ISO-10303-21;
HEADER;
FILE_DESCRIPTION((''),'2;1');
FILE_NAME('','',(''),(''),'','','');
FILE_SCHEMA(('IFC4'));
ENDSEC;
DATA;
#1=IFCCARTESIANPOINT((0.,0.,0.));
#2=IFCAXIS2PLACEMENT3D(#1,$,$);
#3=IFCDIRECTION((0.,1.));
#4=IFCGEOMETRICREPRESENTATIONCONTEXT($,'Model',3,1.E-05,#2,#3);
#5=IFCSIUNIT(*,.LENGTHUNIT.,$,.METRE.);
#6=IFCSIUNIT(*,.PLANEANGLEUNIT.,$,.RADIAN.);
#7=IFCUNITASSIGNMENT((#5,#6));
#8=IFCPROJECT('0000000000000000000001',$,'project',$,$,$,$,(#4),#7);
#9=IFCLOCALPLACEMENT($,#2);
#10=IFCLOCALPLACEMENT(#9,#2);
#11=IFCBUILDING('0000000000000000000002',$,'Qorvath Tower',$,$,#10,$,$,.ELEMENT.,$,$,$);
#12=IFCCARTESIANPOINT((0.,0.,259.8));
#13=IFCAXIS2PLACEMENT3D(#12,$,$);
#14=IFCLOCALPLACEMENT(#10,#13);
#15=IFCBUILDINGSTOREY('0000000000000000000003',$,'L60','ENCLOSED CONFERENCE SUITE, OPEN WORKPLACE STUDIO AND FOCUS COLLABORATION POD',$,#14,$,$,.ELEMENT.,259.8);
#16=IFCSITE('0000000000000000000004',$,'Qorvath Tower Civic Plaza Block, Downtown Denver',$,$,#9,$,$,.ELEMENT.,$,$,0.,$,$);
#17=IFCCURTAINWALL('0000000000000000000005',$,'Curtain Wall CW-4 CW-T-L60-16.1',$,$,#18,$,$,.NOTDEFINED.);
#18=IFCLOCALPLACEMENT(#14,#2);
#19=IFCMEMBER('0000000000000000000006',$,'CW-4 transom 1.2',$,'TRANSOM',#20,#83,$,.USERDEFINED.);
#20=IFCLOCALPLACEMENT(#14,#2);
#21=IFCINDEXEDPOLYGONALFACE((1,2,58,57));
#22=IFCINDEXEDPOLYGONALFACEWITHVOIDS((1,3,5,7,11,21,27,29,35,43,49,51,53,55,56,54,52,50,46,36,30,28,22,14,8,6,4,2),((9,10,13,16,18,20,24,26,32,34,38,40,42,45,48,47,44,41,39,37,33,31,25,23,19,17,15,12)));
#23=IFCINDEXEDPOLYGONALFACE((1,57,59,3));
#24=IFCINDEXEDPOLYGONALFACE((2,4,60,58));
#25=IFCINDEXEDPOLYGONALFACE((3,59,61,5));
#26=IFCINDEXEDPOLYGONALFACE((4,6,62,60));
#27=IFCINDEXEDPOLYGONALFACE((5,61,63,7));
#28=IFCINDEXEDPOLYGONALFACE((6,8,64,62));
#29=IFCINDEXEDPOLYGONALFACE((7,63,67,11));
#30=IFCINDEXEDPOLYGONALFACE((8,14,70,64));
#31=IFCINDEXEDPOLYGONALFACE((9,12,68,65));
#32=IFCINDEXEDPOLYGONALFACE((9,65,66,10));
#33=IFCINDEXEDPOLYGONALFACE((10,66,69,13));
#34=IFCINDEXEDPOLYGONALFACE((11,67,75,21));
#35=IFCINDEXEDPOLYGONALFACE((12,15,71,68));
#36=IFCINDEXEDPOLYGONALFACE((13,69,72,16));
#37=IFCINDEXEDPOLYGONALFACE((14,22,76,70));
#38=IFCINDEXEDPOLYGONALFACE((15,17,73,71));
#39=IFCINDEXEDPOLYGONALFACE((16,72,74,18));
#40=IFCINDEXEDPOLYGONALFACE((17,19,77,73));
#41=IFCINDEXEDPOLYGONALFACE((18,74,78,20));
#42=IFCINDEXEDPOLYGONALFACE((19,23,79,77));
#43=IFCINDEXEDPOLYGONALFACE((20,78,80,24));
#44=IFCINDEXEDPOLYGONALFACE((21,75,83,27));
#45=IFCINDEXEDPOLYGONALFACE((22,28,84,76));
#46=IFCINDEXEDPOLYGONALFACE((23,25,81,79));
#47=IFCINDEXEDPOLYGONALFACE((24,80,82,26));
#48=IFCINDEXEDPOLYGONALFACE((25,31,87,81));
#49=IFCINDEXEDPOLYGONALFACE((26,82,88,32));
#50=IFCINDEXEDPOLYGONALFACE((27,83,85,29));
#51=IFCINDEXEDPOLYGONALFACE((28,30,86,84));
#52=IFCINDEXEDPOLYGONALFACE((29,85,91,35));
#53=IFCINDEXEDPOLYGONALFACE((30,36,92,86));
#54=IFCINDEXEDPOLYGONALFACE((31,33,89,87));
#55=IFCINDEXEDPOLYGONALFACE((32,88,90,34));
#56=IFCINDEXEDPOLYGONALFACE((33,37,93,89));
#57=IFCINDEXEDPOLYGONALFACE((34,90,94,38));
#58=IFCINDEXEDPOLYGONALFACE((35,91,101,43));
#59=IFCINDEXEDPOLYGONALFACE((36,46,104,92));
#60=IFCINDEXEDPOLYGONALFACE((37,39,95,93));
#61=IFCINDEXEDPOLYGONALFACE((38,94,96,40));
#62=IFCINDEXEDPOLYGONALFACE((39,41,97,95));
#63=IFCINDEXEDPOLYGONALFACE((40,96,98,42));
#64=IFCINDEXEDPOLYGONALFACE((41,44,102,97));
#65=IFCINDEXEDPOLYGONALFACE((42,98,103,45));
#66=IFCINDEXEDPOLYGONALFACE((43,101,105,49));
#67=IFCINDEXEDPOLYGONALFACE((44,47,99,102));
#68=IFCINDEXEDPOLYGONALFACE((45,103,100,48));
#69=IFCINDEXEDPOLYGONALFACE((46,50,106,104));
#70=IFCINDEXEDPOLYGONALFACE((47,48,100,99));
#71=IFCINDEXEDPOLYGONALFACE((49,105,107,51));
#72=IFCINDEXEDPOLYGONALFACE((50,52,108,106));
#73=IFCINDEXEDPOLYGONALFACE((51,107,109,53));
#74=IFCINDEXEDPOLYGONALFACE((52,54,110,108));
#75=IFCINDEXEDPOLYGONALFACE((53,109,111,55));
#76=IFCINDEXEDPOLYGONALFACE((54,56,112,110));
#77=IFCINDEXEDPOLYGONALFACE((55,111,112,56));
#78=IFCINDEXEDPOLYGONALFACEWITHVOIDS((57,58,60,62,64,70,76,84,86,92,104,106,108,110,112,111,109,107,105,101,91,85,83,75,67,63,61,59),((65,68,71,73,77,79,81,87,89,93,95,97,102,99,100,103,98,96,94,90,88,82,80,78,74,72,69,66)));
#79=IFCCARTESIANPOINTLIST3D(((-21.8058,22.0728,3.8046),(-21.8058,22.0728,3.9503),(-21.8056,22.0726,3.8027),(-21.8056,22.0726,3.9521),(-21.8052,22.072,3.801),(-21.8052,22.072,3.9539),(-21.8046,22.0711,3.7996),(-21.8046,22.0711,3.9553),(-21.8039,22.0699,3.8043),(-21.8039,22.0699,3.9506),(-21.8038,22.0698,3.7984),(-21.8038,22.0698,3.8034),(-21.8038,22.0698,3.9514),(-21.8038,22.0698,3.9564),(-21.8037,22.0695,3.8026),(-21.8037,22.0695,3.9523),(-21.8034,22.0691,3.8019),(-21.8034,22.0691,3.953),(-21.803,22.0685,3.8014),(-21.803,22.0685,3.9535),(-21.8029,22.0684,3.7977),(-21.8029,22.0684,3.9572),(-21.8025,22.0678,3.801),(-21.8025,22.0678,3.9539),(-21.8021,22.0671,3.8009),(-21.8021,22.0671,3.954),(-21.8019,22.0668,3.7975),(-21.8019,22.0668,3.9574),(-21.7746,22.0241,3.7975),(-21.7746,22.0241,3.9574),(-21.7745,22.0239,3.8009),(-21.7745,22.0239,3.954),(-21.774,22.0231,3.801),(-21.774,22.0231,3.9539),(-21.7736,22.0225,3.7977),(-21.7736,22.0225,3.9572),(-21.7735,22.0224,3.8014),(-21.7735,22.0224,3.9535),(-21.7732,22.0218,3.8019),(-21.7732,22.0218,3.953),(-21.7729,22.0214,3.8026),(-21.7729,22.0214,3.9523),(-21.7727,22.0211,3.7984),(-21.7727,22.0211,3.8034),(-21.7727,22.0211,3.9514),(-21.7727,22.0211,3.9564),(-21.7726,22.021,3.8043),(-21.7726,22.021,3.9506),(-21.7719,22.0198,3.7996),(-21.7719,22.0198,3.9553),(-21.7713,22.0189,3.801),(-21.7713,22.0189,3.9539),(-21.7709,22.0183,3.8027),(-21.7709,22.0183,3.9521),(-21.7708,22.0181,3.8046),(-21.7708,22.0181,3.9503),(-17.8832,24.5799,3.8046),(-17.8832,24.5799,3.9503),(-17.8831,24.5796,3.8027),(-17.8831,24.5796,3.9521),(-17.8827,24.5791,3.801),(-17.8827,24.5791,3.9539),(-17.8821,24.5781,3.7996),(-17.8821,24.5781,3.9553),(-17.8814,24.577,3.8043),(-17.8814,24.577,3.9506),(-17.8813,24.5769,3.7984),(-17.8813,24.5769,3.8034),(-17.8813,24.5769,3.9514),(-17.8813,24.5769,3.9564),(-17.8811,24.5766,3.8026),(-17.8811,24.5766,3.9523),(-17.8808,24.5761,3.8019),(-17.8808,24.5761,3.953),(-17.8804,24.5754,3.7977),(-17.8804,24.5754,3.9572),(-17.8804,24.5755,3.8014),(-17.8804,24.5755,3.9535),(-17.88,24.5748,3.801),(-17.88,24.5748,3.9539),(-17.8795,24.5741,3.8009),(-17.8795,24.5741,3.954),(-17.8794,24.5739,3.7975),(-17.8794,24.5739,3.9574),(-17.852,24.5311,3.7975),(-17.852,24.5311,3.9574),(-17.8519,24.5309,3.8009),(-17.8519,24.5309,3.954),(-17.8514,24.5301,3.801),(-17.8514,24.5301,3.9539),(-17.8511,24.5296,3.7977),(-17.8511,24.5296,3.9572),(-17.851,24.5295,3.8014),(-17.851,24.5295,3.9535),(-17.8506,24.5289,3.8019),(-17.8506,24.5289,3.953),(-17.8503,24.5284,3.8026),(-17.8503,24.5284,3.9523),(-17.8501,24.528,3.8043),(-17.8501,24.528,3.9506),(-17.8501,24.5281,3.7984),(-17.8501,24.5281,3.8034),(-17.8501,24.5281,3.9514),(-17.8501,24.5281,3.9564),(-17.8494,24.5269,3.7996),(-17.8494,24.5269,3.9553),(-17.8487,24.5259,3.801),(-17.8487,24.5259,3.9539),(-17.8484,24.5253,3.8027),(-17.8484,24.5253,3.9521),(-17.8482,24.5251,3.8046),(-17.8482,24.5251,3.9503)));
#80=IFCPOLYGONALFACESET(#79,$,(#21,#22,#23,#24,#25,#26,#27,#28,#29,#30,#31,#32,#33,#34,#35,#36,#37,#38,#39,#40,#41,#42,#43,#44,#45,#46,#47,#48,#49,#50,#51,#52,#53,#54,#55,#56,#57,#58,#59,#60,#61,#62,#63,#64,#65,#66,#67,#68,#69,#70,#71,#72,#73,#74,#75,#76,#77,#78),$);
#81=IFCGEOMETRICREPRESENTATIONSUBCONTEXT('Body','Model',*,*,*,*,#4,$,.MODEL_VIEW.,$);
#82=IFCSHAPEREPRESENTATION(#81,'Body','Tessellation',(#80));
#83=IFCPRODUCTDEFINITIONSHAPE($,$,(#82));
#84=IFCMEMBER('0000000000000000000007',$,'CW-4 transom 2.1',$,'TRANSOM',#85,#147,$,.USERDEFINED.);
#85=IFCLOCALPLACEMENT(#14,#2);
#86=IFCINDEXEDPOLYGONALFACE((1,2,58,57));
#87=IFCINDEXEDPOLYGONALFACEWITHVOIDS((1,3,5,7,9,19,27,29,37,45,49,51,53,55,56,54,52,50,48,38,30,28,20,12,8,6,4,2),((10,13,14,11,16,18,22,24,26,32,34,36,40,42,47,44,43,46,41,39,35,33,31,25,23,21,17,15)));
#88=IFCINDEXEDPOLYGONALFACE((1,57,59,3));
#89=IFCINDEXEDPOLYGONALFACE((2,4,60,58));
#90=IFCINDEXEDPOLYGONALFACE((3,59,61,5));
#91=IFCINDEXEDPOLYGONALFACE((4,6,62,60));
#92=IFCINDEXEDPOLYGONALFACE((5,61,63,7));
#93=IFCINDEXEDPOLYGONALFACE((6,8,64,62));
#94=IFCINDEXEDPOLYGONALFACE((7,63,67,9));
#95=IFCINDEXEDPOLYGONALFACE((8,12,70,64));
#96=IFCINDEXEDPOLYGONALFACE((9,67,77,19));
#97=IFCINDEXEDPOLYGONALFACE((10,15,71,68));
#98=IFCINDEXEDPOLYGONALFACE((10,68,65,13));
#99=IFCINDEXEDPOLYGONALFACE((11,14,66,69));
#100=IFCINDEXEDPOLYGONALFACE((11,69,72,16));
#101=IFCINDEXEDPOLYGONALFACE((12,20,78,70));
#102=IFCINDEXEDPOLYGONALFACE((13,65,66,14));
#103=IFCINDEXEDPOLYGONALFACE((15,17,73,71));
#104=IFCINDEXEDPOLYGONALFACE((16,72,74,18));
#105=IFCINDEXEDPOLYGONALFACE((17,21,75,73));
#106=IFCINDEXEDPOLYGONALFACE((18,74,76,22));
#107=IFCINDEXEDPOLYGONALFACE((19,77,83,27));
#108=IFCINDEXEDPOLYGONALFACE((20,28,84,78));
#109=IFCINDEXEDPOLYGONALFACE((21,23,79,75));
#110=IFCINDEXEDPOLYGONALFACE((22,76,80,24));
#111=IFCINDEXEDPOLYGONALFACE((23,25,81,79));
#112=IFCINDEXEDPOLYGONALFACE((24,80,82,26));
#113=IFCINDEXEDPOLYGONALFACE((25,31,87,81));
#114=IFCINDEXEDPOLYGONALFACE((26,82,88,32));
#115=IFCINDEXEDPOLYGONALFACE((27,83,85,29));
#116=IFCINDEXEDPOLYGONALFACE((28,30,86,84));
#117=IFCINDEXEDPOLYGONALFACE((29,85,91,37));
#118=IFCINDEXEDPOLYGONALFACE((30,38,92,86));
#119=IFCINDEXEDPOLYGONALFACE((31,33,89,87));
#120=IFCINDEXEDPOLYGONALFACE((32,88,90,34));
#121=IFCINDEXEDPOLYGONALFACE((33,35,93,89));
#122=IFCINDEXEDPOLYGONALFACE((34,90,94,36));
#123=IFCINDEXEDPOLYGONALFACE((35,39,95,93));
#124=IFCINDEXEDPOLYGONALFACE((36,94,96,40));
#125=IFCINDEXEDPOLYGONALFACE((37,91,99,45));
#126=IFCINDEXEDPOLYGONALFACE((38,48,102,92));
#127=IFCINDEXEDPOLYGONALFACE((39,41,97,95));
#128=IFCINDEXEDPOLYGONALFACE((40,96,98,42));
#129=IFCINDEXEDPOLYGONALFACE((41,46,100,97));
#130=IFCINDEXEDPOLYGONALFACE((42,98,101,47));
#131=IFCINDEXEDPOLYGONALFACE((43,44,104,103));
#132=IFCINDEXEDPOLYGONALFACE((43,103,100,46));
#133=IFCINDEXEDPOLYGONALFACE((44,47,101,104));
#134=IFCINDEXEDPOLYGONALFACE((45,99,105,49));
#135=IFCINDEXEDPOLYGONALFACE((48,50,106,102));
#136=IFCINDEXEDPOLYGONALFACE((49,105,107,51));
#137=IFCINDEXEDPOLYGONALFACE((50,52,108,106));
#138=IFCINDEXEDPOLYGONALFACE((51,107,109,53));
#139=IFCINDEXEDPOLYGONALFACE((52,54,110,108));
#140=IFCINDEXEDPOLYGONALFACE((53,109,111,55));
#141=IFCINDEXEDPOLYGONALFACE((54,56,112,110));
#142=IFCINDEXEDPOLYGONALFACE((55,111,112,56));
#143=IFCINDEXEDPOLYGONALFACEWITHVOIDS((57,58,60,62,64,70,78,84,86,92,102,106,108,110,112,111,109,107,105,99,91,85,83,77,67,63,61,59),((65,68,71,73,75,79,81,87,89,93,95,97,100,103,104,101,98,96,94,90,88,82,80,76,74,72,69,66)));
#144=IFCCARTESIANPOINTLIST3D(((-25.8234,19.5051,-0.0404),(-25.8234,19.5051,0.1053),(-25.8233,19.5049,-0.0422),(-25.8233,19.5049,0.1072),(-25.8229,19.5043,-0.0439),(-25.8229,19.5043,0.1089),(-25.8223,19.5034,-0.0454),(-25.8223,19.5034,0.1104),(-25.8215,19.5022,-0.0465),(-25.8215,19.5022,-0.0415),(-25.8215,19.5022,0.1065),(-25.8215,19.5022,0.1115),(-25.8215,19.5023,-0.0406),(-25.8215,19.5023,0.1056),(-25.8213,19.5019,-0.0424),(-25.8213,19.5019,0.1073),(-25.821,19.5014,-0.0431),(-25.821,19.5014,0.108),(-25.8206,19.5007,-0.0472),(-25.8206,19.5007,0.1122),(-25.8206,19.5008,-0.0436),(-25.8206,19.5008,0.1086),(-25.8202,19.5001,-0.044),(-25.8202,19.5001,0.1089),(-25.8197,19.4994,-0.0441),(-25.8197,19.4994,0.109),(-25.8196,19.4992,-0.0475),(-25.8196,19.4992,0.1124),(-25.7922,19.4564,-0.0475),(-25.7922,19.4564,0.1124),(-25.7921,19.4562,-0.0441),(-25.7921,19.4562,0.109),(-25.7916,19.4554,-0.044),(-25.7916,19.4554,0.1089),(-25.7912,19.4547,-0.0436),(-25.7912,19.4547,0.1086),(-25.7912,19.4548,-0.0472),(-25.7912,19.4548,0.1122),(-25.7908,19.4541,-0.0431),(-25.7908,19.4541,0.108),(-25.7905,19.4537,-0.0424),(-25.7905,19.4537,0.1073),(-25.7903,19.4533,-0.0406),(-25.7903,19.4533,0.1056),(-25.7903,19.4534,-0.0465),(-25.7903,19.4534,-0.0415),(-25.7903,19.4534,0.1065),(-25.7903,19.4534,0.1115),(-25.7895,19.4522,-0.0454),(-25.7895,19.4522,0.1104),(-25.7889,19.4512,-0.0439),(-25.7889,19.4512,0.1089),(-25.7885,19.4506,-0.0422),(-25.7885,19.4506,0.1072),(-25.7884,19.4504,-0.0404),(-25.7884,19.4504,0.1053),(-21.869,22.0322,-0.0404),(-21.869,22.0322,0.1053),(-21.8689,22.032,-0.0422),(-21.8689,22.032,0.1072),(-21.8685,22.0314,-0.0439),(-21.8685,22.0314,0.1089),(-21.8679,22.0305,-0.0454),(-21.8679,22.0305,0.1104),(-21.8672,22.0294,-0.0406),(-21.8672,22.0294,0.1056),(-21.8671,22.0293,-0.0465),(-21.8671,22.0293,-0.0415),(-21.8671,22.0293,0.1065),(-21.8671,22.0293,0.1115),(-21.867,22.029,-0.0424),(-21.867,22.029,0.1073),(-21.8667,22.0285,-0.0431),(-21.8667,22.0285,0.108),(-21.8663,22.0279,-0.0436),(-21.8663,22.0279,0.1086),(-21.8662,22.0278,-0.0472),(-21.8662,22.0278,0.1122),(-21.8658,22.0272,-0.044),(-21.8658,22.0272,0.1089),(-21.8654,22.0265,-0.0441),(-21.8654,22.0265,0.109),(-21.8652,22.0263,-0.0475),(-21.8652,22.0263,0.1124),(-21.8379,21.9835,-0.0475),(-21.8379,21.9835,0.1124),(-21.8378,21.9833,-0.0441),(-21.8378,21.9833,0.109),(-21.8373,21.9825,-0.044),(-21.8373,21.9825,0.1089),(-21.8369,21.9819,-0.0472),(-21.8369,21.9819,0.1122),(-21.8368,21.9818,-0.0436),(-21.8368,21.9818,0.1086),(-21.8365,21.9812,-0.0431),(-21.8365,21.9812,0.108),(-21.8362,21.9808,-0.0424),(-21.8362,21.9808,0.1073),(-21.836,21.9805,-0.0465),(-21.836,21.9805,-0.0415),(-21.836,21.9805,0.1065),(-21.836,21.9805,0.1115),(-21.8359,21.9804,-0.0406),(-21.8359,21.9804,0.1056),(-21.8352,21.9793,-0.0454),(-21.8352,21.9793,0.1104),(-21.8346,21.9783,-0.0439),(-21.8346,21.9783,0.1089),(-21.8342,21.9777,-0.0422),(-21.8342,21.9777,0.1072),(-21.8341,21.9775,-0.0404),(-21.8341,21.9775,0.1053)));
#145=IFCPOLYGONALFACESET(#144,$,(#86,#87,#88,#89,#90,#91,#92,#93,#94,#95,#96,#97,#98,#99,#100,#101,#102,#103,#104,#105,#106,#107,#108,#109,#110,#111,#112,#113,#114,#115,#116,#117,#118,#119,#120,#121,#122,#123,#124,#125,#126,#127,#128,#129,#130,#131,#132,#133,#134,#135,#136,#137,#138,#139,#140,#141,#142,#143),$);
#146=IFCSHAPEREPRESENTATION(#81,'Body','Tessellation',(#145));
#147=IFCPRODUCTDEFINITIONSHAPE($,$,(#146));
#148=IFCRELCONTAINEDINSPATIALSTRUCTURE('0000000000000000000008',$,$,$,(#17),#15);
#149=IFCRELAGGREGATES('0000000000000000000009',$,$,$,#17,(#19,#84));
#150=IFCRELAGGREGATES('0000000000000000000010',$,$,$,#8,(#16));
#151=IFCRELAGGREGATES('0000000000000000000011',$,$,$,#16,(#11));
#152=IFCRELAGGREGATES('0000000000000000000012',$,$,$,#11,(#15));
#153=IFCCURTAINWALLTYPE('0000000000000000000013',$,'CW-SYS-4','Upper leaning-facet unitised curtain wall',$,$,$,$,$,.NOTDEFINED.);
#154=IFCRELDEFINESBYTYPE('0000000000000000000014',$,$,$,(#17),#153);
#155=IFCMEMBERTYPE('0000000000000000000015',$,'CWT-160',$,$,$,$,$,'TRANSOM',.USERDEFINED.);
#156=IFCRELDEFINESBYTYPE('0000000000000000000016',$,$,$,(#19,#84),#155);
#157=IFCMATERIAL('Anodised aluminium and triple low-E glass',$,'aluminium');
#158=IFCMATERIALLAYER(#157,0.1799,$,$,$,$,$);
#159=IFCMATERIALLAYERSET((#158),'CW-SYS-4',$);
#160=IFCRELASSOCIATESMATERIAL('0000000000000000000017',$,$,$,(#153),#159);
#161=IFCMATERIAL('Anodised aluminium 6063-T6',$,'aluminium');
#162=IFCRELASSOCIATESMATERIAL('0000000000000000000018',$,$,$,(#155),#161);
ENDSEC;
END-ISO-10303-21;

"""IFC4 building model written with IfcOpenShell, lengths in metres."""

from ifc_helpers import new_model, si_unit, direction, frame, origin, origin_2d, place, context, subcontext, project, spatial, hollow_rectangle, extrude, material, layer, layer_set, material_profile, profile_set, type_object, element, aggregate, save


model = new_model("IFC4")

# Units and contexts
model_context = context("Model", 3, precision=1e-05, world=origin(), true_north=direction((0.0, 1.0)))
body_context = subcontext(model_context, "Body", "Model", "MODEL_VIEW")
ifc_project = project(units=[si_unit("LENGTHUNIT", "METRE"), si_unit("PLANEANGLEUNIT", "RADIAN")], contexts=[model_context])

# Site, building, storey
site_placement = place(None, origin())
site = spatial("IfcSite", under=ifc_project, at=site_placement, Name="Qorvath Tower Civic Plaza Block, Downtown Denver", CompositionType="ELEMENT", RefElevation=0.0)
building_placement = place(site_placement, origin())
building = spatial("IfcBuilding", under=site, at=building_placement, Name="Qorvath Tower", CompositionType="ELEMENT")
storey_placement = place(building_placement, frame((0.0, 0.0, 259.8)))
storey = spatial("IfcBuildingStorey", under=building, at=storey_placement, Name="L60", Description="ENCLOSED CONFERENCE SUITE, OPEN WORKPLACE STUDIO AND FOCUS COLLABORATION POD", CompositionType="ELEMENT", Elevation=259.8)

# Shared definitions
ifc_material_1 = material(Name="Anodised aluminium and triple low-E glass", Category="aluminium")
ifc_layer_1 = layer(ifc_material_1, 0.1799)
ifc_layer_set_1 = layer_set([ifc_layer_1], Name="CW-SYS-4")
curtain_wall_type = type_object("IfcCurtainWallType", Name="CW-SYS-4", Description="Upper leaning-facet unitised curtain wall", PredefinedType="NOTDEFINED", material=ifc_layer_set_1)

# Curtain wall, members
curtain_wall_1_placement = place(storey_placement, origin())
curtain_wall_1 = element("IfcCurtainWall", 1, at=curtain_wall_1_placement, inside=storey, type_object=curtain_wall_type, Name="Curtain Wall CW-4 CW-T-L60-16.1", PredefinedType="NOTDEFINED")
ifc_material_2 = material(Name="Anodised aluminium 6063-T6", Category="aluminium")
ifc_material_profile_1 = material_profile(ifc_material_2, hollow_rectangle(XDim=0.0649, YDim=0.1599, WallThickness=0.0034, InnerFilletRadius=0.0034, OuterFilletRadius=0.0071, at=origin_2d()), Name="CWT 160x65")
ifc_profile_set_1 = profile_set([ifc_material_profile_1], Name="Anodised aluminium 6063-T6")
member_type_1 = type_object("IfcMemberType", Name="CWT-160", ElementType="TRANSOM", PredefinedType="USERDEFINED", material=ifc_profile_set_1)
member_1_placement = place(storey_placement, frame((-17.8657, 24.5525, 3.8774), z_axis=(-0.842602, -0.538537, 0.0), x_axis=(0.538537, -0.842602, 0.0)))
member_1 = element("IfcMember", 2, at=member_1_placement, type_object=member_type_1, Name="CW-4 transom 1.2", ObjectType="TRANSOM", PredefinedType="USERDEFINED", context=body_context, shape_type="SweptSolid", body=[
    extrude(hollow_rectangle(XDim=0.0649, YDim=0.1599, WallThickness=0.0034, InnerFilletRadius=0.0034, OuterFilletRadius=0.0071, at=origin_2d()), origin(), (0.0, 0.0, 1.0), 4.6553),
])
member_2_placement = place(storey_placement, frame((-21.8516, 22.0049, 0.0325), z_axis=(-0.842627, -0.538497, 0.0), x_axis=(0.538497, -0.842627, 0.0)))
member_2 = element("IfcMember", 3, at=member_2_placement, type_object=member_type_1, Name="CW-4 transom 2.1", ObjectType="TRANSOM", PredefinedType="USERDEFINED", context=body_context, shape_type="SweptSolid", body=[
    extrude(hollow_rectangle(XDim=0.0649, YDim=0.1599, WallThickness=0.0034, InnerFilletRadius=0.0034, OuterFilletRadius=0.0071, at=origin_2d()), origin(), (0.0, 0.0, 1.0), 4.6929),
])

aggregate(curtain_wall_1, [member_1, member_2])

save(model, "model.ifc")
